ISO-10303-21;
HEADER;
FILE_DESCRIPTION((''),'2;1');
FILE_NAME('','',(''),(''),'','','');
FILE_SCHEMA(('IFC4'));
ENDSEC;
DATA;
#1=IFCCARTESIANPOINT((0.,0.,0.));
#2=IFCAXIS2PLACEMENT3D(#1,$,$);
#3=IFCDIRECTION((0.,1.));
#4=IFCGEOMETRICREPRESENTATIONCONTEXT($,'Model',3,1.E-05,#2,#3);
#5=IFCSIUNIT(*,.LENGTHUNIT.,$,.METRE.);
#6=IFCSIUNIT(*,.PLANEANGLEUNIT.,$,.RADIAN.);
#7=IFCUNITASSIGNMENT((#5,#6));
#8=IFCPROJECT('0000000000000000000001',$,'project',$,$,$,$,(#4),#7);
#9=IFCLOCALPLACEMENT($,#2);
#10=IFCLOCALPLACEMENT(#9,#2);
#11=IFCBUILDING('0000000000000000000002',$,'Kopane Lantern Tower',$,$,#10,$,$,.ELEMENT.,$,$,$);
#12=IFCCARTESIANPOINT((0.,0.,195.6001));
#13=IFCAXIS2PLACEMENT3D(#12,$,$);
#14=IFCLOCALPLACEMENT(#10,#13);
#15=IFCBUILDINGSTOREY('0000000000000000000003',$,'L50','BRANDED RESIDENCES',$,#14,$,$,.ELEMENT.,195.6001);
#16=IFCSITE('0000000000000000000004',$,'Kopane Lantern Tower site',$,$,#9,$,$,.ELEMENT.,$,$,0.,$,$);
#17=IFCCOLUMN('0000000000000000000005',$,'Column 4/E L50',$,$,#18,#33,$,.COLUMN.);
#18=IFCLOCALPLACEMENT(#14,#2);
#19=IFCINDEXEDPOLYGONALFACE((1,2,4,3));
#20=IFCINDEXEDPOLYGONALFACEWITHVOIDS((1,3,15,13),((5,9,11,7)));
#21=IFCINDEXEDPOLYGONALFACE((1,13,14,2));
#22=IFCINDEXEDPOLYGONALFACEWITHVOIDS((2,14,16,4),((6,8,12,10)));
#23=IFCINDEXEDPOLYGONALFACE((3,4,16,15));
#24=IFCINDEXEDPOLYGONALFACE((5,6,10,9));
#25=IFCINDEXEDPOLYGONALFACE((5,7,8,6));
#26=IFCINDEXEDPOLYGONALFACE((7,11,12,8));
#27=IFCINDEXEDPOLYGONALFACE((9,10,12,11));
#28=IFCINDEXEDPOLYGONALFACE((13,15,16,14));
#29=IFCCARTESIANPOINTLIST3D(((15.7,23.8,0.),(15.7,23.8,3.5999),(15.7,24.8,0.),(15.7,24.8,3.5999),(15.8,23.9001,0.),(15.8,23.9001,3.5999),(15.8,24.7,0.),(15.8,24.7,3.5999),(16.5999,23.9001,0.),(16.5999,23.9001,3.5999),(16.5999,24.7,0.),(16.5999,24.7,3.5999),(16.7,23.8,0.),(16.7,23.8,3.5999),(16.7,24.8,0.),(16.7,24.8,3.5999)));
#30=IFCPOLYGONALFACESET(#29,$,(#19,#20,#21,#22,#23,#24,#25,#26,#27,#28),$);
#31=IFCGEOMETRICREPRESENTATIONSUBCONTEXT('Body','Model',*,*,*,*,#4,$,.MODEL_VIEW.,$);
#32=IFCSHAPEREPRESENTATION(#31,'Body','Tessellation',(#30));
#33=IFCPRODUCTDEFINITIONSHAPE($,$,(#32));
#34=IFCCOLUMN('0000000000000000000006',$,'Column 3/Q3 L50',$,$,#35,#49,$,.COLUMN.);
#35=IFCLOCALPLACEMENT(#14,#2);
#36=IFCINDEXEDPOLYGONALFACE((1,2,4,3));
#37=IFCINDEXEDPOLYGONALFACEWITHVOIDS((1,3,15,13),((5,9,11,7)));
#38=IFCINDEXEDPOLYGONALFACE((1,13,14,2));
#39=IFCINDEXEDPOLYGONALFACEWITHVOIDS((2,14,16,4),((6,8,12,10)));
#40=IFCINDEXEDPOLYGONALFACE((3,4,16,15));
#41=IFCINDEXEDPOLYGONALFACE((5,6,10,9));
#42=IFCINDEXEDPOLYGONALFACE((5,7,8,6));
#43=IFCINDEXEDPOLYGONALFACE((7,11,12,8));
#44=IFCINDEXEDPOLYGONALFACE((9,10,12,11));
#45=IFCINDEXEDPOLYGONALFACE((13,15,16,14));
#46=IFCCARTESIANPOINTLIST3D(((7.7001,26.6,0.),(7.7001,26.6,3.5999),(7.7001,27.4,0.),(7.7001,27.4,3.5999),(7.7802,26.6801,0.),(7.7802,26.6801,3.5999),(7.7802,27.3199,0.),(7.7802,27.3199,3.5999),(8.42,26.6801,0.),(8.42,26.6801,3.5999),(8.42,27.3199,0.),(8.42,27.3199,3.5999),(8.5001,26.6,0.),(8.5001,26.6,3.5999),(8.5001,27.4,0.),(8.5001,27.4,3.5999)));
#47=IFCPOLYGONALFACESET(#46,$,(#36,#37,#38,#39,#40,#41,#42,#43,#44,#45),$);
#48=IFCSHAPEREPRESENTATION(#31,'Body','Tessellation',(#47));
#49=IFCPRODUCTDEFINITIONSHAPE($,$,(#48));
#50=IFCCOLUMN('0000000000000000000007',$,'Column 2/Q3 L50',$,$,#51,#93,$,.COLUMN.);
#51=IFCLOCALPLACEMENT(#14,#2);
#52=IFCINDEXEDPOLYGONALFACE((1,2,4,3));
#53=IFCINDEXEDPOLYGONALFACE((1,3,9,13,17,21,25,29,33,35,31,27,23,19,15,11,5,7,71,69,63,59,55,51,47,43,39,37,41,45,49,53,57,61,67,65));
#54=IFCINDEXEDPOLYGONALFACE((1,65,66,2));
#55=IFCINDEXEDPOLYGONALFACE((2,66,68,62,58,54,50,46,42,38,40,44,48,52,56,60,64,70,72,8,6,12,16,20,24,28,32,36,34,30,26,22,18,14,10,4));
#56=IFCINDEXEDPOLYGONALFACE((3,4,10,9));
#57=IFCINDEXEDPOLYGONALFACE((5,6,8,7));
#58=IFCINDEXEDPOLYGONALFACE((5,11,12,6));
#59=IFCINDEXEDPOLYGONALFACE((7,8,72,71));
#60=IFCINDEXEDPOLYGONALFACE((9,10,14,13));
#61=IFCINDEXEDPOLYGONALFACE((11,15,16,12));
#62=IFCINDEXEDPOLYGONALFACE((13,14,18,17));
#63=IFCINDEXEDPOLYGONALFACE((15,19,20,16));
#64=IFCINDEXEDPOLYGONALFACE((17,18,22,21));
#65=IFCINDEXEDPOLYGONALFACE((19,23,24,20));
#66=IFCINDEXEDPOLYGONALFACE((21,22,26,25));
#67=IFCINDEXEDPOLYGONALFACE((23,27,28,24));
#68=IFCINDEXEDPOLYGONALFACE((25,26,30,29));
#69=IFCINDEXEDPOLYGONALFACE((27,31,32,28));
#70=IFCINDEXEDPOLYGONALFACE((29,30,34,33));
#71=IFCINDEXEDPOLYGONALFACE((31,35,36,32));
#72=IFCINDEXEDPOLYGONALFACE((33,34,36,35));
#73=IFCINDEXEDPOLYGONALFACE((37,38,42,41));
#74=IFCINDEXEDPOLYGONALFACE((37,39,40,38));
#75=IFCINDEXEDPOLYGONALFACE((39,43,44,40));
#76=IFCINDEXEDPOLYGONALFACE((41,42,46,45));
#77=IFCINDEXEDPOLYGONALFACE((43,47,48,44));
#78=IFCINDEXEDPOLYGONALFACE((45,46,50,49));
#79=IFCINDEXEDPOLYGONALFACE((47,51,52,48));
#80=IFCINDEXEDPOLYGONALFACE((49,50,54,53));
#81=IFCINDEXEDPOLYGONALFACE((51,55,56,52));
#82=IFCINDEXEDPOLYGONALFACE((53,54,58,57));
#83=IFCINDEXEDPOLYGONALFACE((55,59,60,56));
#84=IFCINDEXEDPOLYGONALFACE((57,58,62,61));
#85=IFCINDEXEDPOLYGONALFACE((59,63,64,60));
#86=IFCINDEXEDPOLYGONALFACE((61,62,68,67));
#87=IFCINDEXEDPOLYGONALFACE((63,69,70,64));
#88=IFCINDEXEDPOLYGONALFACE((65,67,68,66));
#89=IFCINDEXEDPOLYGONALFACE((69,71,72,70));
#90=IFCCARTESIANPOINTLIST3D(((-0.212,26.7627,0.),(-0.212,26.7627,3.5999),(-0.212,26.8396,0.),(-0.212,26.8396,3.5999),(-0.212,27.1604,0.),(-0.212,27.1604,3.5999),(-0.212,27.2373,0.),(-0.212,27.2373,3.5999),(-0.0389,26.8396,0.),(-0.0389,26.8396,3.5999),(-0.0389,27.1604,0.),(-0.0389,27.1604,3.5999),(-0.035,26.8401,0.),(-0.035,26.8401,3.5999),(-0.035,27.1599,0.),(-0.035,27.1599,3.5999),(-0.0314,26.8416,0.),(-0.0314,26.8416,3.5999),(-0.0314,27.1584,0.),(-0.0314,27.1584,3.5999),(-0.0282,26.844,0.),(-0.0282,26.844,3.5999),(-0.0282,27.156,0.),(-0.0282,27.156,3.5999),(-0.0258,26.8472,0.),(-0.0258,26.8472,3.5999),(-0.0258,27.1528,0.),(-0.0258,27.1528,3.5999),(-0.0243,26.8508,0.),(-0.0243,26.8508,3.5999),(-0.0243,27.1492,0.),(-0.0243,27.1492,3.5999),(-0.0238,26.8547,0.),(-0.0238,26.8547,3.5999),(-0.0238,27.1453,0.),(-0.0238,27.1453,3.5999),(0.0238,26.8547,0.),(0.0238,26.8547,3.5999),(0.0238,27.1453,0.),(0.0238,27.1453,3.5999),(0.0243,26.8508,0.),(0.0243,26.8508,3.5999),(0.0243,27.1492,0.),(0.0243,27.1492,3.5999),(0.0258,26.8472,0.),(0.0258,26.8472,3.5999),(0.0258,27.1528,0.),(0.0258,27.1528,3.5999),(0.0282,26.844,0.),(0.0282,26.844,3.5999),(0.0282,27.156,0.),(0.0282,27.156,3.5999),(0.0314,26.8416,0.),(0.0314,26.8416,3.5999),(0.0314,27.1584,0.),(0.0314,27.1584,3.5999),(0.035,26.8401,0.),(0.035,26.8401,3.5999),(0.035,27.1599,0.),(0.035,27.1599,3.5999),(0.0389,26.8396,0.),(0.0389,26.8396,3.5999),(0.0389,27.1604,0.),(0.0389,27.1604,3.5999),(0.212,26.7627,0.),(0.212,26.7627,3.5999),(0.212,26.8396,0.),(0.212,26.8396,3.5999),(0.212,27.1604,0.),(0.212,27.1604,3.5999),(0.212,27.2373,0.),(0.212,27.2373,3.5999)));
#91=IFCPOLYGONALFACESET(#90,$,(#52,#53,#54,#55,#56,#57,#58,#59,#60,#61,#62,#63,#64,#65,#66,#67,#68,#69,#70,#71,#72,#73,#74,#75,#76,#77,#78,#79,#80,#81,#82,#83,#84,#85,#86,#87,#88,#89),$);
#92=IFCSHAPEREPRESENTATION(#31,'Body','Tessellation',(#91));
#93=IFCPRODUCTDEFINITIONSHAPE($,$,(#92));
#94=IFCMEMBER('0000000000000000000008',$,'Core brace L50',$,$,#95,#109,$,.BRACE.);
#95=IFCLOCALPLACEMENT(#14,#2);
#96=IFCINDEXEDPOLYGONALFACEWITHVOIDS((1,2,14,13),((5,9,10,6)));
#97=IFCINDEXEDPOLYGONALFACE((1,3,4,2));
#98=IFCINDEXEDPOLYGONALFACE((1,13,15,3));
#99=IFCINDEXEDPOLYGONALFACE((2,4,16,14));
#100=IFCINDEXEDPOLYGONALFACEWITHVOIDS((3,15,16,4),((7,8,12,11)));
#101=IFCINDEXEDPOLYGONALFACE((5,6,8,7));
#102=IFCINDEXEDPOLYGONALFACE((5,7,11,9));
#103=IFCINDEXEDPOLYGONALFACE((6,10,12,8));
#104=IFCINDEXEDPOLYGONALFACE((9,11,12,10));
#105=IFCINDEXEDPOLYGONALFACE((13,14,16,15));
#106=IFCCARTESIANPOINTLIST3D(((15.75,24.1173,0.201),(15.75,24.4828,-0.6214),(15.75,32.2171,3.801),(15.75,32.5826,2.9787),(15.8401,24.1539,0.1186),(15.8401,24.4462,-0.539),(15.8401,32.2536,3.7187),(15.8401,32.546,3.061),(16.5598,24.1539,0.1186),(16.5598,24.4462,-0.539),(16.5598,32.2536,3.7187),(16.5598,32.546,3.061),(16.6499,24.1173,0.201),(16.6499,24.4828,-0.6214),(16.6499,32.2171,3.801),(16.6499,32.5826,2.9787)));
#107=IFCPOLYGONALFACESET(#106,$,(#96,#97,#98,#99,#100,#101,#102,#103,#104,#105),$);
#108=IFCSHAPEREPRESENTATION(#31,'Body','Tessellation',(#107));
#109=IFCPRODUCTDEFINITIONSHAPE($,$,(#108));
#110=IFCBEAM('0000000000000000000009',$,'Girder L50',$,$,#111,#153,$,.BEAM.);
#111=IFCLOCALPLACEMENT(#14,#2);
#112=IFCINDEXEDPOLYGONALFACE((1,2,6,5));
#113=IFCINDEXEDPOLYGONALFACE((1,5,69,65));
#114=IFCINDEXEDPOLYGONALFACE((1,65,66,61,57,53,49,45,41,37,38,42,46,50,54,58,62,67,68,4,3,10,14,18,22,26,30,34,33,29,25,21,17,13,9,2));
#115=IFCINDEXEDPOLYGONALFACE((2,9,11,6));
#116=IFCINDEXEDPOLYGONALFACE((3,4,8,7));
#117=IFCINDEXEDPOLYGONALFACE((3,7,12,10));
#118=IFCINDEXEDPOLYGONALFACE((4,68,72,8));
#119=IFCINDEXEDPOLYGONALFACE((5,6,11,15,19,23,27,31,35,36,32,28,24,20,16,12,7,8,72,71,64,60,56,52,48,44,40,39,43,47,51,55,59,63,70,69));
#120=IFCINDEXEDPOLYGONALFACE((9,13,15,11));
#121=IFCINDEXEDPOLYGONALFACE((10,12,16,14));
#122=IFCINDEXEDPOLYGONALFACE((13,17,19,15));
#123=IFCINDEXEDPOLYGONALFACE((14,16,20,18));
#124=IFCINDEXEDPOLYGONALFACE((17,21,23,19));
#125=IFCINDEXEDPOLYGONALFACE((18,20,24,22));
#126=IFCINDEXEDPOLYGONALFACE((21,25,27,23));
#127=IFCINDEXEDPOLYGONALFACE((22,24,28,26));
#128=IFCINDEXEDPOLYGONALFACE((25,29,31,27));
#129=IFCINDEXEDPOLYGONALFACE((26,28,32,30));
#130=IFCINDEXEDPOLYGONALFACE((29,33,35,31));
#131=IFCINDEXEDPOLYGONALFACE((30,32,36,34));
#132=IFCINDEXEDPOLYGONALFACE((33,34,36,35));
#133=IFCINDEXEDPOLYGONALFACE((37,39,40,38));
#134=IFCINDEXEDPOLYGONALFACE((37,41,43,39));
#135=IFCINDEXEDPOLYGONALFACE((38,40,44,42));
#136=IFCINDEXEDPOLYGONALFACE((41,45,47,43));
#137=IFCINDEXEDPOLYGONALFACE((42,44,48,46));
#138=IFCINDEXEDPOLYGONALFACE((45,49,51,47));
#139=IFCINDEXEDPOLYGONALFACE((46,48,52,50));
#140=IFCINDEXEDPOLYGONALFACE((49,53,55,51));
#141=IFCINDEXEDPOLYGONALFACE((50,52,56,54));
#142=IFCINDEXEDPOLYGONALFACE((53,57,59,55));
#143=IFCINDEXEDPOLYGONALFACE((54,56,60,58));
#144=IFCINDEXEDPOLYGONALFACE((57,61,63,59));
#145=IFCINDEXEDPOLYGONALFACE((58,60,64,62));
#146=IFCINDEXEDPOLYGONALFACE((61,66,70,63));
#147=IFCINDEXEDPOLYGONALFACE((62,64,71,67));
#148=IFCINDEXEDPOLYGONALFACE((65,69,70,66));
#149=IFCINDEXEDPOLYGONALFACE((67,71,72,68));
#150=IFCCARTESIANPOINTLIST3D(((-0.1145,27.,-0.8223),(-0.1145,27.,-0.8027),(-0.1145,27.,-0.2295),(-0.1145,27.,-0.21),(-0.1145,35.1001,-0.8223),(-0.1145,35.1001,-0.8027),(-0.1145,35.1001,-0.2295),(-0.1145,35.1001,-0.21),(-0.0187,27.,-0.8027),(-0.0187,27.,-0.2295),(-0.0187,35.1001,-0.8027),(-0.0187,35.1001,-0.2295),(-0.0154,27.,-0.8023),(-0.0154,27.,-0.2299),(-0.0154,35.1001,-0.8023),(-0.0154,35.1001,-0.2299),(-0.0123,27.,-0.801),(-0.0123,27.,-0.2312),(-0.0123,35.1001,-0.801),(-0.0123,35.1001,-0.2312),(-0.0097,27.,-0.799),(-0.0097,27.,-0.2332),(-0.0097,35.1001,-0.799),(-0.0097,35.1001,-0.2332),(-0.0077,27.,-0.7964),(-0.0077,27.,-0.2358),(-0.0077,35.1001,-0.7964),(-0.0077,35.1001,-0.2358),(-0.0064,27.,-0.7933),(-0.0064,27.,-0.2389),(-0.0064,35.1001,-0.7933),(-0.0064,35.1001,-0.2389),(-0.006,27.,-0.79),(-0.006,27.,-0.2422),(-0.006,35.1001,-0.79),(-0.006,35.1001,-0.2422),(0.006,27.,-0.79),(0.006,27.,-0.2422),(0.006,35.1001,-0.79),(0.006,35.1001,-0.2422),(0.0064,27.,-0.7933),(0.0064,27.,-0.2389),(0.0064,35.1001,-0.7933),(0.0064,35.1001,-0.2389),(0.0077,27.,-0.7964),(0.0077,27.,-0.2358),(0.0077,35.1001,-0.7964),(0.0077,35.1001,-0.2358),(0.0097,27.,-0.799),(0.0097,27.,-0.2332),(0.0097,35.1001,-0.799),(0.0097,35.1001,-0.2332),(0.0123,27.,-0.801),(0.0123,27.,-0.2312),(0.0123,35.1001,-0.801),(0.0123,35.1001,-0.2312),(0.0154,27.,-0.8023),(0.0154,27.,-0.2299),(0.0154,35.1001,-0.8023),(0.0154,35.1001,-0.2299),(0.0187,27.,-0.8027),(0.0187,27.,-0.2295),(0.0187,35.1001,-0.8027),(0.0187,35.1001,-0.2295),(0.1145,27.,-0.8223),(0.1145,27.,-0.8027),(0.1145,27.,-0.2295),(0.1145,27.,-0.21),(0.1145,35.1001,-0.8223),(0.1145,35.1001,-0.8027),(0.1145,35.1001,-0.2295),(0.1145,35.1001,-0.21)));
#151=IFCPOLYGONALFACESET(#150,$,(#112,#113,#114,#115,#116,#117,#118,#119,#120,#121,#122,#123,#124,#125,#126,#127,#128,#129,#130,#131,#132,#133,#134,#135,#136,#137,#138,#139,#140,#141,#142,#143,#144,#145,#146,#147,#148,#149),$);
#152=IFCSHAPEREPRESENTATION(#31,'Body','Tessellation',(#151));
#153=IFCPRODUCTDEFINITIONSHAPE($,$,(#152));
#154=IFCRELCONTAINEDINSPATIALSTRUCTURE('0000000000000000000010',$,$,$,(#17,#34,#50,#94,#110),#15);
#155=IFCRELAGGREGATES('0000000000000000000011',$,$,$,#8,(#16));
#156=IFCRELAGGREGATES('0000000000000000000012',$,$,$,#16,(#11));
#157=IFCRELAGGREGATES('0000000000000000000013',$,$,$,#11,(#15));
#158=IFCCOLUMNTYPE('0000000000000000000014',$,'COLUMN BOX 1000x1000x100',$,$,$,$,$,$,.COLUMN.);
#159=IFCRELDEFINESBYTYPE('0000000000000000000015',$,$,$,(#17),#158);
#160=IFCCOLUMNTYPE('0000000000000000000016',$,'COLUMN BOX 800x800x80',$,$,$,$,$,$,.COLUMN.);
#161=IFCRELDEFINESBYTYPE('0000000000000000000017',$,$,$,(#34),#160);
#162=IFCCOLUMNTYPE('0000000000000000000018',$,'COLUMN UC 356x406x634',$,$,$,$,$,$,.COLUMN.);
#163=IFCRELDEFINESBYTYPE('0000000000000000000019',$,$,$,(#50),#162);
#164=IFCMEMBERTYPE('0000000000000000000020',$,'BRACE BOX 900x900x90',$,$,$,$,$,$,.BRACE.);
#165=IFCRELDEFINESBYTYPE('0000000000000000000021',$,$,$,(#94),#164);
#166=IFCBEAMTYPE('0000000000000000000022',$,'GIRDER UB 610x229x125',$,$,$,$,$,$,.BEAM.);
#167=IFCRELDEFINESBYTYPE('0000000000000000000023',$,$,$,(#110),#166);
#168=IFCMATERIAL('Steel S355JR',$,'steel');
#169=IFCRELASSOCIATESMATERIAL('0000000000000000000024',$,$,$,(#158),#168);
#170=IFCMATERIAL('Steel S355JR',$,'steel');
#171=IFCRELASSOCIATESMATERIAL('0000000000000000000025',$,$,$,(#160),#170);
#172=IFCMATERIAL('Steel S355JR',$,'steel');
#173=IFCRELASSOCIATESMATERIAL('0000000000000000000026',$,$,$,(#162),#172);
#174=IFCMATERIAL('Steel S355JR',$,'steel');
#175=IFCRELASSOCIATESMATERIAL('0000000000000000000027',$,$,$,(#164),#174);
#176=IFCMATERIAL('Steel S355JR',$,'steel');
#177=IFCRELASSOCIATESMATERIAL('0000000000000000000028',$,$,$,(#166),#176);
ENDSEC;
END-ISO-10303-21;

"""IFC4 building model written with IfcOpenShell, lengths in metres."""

from ifc_helpers import new_model, si_unit, direction, frame, origin, origin_2d, place, context, subcontext, project, spatial, hollow_rectangle, i_section, extrude, material, material_profile, profile_set, type_object, element, save


model = new_model("IFC4")

# Units and contexts
model_context = context("Model", 3, precision=1e-05, world=origin(), true_north=direction((0.0, 1.0)))
body_context = subcontext(model_context, "Body", "Model", "MODEL_VIEW")
ifc_project = project(units=[si_unit("LENGTHUNIT", "METRE"), si_unit("PLANEANGLEUNIT", "RADIAN")], contexts=[model_context])

# Site, building, storey
site_placement = place(None, origin())
site = spatial("IfcSite", under=ifc_project, at=site_placement, Name="Kopane Lantern Tower site", CompositionType="ELEMENT", RefElevation=0.0)
building_placement = place(site_placement, origin())
building = spatial("IfcBuilding", under=site, at=building_placement, Name="Kopane Lantern Tower", CompositionType="ELEMENT")
storey_placement = place(building_placement, frame((0.0, 0.0, 195.6001)))
storey = spatial("IfcBuildingStorey", under=building, at=storey_placement, Name="L50", Description="BRANDED RESIDENCES", CompositionType="ELEMENT", Elevation=195.6001)

# Columns
ifc_material_1 = material(Name="Steel S355JR", Category="steel")
ifc_material_profile_1 = material_profile(ifc_material_1, hollow_rectangle(XDim=1.0, YDim=1.0, WallThickness=0.1001, at=origin_2d()), Name="BOX 1000x1000x100")
ifc_profile_set_1 = profile_set([ifc_material_profile_1], Name="Steel S355JR")
column_type_1 = type_object("IfcColumnType", Name="COLUMN BOX 1000x1000x100", PredefinedType="COLUMN", material=ifc_profile_set_1)
column_1_placement = place(storey_placement, frame((16.2, 24.3, 0.0), z_axis=(0.0, 0.0, 1.0), x_axis=(1.0, 0.0, 0.0)))
element("IfcColumn", 1, at=column_1_placement, inside=storey, type_object=column_type_1, Name="Column 4/E L50", PredefinedType="COLUMN", context=body_context, shape_type="SweptSolid", body=[
    extrude(hollow_rectangle(XDim=1.0, YDim=1.0, WallThickness=0.1001, at=origin_2d()), origin(), (0.0, 0.0, 1.0), 3.5999),
])
ifc_material_2 = material(Name="Steel S355JR", Category="steel")
ifc_material_profile_2 = material_profile(ifc_material_2, hollow_rectangle(XDim=0.8, YDim=0.8, WallThickness=0.0801, at=origin_2d()), Name="BOX 800x800x80")
ifc_profile_set_2 = profile_set([ifc_material_profile_2], Name="Steel S355JR")
column_type_2 = type_object("IfcColumnType", Name="COLUMN BOX 800x800x80", PredefinedType="COLUMN", material=ifc_profile_set_2)
column_2_placement = place(storey_placement, frame((8.1001, 27.0, 0.0), z_axis=(0.0, 0.0, 1.0), x_axis=(1.0, 0.0, 0.0)))
element("IfcColumn", 2, at=column_2_placement, inside=storey, type_object=column_type_2, Name="Column 3/Q3 L50", PredefinedType="COLUMN", context=body_context, shape_type="SweptSolid", body=[
    extrude(hollow_rectangle(XDim=0.8, YDim=0.8, WallThickness=0.0801, at=origin_2d()), origin(), (0.0, 0.0, 1.0), 3.5999),
])
ifc_material_3 = material(Name="Steel S355JR", Category="steel")
ifc_material_profile_3 = material_profile(ifc_material_3, i_section(OverallWidth=0.4241, OverallDepth=0.4746, WebThickness=0.0476, FlangeThickness=0.0769, FilletRadius=0.0151, at=origin_2d()), Name="UC 356x406x634")
ifc_profile_set_3 = profile_set([ifc_material_profile_3], Name="Steel S355JR")
column_type_3 = type_object("IfcColumnType", Name="COLUMN UC 356x406x634", PredefinedType="COLUMN", material=ifc_profile_set_3)
column_3_placement = place(storey_placement, frame((0.0, 27.0, 0.0), z_axis=(0.0, 0.0, 1.0), x_axis=(1.0, 0.0, 0.0)))
element("IfcColumn", 3, at=column_3_placement, inside=storey, type_object=column_type_3, Name="Column 2/Q3 L50", PredefinedType="COLUMN", context=body_context, shape_type="SweptSolid", body=[
    extrude(i_section(OverallWidth=0.4241, OverallDepth=0.4746, WebThickness=0.0476, FlangeThickness=0.0769, FilletRadius=0.0151, at=origin_2d()), origin(), (0.0, 0.0, 1.0), 3.5999),
])

# Member
ifc_material_4 = material(Name="Steel S355JR", Category="steel")
ifc_material_profile_4 = material_profile(ifc_material_4, hollow_rectangle(XDim=0.8999, YDim=0.8999, WallThickness=0.0901, at=origin_2d()), Name="BOX 900x900x90")
ifc_profile_set_4 = profile_set([ifc_material_profile_4], Name="Steel S355JR")
member_type = type_object("IfcMemberType", Name="BRACE BOX 900x900x90", PredefinedType="BRACE", material=ifc_profile_set_4)
member_placement = place(storey_placement, frame((16.2, 24.3, -0.2102), z_axis=(0.0, 0.913805, 0.406154), x_axis=(-1.0, 0.0, 0.0)))
element("IfcMember", 4, at=member_placement, inside=storey, type_object=member_type, Name="Core brace L50", PredefinedType="BRACE", context=body_context, shape_type="SweptSolid", body=[
    extrude(hollow_rectangle(XDim=0.8999, YDim=0.8999, WallThickness=0.0901, at=origin_2d()), origin(), (0.0, 0.0, 1.0), 8.8638),
])

# Beam
ifc_material_5 = material(Name="Steel S355JR", Category="steel")
ifc_material_profile_5 = material_profile(ifc_material_5, i_section(OverallWidth=0.229, OverallDepth=0.6123, WebThickness=0.012, FlangeThickness=0.0195, FilletRadius=0.0127, at=origin_2d()), Name="UB 610x229x125")
ifc_profile_set_5 = profile_set([ifc_material_profile_5], Name="Steel S355JR")
beam_type = type_object("IfcBeamType", Name="GIRDER UB 610x229x125", PredefinedType="BEAM", material=ifc_profile_set_5)
for number, where, z_axis, x_axis, name in (
    (5, (0.0, 27.0, -0.5161), (0.0, 1.0, 0.0), (-1.0, 0.0, 0.0), "Girder L50"),
):
    element("IfcBeam", number, at=place(storey_placement, frame(where, z_axis=z_axis, x_axis=x_axis)), inside=storey, type_object=beam_type, Name=name, PredefinedType="BEAM", context=body_context, shape_type="SweptSolid", body=[
        extrude(i_section(OverallWidth=0.229, OverallDepth=0.6123, WebThickness=0.012, FlangeThickness=0.0195, FilletRadius=0.0127, at=origin_2d()), origin(), (0.0, 0.0, 1.0), 8.1001),
    ])

save(model, "model.ifc")
